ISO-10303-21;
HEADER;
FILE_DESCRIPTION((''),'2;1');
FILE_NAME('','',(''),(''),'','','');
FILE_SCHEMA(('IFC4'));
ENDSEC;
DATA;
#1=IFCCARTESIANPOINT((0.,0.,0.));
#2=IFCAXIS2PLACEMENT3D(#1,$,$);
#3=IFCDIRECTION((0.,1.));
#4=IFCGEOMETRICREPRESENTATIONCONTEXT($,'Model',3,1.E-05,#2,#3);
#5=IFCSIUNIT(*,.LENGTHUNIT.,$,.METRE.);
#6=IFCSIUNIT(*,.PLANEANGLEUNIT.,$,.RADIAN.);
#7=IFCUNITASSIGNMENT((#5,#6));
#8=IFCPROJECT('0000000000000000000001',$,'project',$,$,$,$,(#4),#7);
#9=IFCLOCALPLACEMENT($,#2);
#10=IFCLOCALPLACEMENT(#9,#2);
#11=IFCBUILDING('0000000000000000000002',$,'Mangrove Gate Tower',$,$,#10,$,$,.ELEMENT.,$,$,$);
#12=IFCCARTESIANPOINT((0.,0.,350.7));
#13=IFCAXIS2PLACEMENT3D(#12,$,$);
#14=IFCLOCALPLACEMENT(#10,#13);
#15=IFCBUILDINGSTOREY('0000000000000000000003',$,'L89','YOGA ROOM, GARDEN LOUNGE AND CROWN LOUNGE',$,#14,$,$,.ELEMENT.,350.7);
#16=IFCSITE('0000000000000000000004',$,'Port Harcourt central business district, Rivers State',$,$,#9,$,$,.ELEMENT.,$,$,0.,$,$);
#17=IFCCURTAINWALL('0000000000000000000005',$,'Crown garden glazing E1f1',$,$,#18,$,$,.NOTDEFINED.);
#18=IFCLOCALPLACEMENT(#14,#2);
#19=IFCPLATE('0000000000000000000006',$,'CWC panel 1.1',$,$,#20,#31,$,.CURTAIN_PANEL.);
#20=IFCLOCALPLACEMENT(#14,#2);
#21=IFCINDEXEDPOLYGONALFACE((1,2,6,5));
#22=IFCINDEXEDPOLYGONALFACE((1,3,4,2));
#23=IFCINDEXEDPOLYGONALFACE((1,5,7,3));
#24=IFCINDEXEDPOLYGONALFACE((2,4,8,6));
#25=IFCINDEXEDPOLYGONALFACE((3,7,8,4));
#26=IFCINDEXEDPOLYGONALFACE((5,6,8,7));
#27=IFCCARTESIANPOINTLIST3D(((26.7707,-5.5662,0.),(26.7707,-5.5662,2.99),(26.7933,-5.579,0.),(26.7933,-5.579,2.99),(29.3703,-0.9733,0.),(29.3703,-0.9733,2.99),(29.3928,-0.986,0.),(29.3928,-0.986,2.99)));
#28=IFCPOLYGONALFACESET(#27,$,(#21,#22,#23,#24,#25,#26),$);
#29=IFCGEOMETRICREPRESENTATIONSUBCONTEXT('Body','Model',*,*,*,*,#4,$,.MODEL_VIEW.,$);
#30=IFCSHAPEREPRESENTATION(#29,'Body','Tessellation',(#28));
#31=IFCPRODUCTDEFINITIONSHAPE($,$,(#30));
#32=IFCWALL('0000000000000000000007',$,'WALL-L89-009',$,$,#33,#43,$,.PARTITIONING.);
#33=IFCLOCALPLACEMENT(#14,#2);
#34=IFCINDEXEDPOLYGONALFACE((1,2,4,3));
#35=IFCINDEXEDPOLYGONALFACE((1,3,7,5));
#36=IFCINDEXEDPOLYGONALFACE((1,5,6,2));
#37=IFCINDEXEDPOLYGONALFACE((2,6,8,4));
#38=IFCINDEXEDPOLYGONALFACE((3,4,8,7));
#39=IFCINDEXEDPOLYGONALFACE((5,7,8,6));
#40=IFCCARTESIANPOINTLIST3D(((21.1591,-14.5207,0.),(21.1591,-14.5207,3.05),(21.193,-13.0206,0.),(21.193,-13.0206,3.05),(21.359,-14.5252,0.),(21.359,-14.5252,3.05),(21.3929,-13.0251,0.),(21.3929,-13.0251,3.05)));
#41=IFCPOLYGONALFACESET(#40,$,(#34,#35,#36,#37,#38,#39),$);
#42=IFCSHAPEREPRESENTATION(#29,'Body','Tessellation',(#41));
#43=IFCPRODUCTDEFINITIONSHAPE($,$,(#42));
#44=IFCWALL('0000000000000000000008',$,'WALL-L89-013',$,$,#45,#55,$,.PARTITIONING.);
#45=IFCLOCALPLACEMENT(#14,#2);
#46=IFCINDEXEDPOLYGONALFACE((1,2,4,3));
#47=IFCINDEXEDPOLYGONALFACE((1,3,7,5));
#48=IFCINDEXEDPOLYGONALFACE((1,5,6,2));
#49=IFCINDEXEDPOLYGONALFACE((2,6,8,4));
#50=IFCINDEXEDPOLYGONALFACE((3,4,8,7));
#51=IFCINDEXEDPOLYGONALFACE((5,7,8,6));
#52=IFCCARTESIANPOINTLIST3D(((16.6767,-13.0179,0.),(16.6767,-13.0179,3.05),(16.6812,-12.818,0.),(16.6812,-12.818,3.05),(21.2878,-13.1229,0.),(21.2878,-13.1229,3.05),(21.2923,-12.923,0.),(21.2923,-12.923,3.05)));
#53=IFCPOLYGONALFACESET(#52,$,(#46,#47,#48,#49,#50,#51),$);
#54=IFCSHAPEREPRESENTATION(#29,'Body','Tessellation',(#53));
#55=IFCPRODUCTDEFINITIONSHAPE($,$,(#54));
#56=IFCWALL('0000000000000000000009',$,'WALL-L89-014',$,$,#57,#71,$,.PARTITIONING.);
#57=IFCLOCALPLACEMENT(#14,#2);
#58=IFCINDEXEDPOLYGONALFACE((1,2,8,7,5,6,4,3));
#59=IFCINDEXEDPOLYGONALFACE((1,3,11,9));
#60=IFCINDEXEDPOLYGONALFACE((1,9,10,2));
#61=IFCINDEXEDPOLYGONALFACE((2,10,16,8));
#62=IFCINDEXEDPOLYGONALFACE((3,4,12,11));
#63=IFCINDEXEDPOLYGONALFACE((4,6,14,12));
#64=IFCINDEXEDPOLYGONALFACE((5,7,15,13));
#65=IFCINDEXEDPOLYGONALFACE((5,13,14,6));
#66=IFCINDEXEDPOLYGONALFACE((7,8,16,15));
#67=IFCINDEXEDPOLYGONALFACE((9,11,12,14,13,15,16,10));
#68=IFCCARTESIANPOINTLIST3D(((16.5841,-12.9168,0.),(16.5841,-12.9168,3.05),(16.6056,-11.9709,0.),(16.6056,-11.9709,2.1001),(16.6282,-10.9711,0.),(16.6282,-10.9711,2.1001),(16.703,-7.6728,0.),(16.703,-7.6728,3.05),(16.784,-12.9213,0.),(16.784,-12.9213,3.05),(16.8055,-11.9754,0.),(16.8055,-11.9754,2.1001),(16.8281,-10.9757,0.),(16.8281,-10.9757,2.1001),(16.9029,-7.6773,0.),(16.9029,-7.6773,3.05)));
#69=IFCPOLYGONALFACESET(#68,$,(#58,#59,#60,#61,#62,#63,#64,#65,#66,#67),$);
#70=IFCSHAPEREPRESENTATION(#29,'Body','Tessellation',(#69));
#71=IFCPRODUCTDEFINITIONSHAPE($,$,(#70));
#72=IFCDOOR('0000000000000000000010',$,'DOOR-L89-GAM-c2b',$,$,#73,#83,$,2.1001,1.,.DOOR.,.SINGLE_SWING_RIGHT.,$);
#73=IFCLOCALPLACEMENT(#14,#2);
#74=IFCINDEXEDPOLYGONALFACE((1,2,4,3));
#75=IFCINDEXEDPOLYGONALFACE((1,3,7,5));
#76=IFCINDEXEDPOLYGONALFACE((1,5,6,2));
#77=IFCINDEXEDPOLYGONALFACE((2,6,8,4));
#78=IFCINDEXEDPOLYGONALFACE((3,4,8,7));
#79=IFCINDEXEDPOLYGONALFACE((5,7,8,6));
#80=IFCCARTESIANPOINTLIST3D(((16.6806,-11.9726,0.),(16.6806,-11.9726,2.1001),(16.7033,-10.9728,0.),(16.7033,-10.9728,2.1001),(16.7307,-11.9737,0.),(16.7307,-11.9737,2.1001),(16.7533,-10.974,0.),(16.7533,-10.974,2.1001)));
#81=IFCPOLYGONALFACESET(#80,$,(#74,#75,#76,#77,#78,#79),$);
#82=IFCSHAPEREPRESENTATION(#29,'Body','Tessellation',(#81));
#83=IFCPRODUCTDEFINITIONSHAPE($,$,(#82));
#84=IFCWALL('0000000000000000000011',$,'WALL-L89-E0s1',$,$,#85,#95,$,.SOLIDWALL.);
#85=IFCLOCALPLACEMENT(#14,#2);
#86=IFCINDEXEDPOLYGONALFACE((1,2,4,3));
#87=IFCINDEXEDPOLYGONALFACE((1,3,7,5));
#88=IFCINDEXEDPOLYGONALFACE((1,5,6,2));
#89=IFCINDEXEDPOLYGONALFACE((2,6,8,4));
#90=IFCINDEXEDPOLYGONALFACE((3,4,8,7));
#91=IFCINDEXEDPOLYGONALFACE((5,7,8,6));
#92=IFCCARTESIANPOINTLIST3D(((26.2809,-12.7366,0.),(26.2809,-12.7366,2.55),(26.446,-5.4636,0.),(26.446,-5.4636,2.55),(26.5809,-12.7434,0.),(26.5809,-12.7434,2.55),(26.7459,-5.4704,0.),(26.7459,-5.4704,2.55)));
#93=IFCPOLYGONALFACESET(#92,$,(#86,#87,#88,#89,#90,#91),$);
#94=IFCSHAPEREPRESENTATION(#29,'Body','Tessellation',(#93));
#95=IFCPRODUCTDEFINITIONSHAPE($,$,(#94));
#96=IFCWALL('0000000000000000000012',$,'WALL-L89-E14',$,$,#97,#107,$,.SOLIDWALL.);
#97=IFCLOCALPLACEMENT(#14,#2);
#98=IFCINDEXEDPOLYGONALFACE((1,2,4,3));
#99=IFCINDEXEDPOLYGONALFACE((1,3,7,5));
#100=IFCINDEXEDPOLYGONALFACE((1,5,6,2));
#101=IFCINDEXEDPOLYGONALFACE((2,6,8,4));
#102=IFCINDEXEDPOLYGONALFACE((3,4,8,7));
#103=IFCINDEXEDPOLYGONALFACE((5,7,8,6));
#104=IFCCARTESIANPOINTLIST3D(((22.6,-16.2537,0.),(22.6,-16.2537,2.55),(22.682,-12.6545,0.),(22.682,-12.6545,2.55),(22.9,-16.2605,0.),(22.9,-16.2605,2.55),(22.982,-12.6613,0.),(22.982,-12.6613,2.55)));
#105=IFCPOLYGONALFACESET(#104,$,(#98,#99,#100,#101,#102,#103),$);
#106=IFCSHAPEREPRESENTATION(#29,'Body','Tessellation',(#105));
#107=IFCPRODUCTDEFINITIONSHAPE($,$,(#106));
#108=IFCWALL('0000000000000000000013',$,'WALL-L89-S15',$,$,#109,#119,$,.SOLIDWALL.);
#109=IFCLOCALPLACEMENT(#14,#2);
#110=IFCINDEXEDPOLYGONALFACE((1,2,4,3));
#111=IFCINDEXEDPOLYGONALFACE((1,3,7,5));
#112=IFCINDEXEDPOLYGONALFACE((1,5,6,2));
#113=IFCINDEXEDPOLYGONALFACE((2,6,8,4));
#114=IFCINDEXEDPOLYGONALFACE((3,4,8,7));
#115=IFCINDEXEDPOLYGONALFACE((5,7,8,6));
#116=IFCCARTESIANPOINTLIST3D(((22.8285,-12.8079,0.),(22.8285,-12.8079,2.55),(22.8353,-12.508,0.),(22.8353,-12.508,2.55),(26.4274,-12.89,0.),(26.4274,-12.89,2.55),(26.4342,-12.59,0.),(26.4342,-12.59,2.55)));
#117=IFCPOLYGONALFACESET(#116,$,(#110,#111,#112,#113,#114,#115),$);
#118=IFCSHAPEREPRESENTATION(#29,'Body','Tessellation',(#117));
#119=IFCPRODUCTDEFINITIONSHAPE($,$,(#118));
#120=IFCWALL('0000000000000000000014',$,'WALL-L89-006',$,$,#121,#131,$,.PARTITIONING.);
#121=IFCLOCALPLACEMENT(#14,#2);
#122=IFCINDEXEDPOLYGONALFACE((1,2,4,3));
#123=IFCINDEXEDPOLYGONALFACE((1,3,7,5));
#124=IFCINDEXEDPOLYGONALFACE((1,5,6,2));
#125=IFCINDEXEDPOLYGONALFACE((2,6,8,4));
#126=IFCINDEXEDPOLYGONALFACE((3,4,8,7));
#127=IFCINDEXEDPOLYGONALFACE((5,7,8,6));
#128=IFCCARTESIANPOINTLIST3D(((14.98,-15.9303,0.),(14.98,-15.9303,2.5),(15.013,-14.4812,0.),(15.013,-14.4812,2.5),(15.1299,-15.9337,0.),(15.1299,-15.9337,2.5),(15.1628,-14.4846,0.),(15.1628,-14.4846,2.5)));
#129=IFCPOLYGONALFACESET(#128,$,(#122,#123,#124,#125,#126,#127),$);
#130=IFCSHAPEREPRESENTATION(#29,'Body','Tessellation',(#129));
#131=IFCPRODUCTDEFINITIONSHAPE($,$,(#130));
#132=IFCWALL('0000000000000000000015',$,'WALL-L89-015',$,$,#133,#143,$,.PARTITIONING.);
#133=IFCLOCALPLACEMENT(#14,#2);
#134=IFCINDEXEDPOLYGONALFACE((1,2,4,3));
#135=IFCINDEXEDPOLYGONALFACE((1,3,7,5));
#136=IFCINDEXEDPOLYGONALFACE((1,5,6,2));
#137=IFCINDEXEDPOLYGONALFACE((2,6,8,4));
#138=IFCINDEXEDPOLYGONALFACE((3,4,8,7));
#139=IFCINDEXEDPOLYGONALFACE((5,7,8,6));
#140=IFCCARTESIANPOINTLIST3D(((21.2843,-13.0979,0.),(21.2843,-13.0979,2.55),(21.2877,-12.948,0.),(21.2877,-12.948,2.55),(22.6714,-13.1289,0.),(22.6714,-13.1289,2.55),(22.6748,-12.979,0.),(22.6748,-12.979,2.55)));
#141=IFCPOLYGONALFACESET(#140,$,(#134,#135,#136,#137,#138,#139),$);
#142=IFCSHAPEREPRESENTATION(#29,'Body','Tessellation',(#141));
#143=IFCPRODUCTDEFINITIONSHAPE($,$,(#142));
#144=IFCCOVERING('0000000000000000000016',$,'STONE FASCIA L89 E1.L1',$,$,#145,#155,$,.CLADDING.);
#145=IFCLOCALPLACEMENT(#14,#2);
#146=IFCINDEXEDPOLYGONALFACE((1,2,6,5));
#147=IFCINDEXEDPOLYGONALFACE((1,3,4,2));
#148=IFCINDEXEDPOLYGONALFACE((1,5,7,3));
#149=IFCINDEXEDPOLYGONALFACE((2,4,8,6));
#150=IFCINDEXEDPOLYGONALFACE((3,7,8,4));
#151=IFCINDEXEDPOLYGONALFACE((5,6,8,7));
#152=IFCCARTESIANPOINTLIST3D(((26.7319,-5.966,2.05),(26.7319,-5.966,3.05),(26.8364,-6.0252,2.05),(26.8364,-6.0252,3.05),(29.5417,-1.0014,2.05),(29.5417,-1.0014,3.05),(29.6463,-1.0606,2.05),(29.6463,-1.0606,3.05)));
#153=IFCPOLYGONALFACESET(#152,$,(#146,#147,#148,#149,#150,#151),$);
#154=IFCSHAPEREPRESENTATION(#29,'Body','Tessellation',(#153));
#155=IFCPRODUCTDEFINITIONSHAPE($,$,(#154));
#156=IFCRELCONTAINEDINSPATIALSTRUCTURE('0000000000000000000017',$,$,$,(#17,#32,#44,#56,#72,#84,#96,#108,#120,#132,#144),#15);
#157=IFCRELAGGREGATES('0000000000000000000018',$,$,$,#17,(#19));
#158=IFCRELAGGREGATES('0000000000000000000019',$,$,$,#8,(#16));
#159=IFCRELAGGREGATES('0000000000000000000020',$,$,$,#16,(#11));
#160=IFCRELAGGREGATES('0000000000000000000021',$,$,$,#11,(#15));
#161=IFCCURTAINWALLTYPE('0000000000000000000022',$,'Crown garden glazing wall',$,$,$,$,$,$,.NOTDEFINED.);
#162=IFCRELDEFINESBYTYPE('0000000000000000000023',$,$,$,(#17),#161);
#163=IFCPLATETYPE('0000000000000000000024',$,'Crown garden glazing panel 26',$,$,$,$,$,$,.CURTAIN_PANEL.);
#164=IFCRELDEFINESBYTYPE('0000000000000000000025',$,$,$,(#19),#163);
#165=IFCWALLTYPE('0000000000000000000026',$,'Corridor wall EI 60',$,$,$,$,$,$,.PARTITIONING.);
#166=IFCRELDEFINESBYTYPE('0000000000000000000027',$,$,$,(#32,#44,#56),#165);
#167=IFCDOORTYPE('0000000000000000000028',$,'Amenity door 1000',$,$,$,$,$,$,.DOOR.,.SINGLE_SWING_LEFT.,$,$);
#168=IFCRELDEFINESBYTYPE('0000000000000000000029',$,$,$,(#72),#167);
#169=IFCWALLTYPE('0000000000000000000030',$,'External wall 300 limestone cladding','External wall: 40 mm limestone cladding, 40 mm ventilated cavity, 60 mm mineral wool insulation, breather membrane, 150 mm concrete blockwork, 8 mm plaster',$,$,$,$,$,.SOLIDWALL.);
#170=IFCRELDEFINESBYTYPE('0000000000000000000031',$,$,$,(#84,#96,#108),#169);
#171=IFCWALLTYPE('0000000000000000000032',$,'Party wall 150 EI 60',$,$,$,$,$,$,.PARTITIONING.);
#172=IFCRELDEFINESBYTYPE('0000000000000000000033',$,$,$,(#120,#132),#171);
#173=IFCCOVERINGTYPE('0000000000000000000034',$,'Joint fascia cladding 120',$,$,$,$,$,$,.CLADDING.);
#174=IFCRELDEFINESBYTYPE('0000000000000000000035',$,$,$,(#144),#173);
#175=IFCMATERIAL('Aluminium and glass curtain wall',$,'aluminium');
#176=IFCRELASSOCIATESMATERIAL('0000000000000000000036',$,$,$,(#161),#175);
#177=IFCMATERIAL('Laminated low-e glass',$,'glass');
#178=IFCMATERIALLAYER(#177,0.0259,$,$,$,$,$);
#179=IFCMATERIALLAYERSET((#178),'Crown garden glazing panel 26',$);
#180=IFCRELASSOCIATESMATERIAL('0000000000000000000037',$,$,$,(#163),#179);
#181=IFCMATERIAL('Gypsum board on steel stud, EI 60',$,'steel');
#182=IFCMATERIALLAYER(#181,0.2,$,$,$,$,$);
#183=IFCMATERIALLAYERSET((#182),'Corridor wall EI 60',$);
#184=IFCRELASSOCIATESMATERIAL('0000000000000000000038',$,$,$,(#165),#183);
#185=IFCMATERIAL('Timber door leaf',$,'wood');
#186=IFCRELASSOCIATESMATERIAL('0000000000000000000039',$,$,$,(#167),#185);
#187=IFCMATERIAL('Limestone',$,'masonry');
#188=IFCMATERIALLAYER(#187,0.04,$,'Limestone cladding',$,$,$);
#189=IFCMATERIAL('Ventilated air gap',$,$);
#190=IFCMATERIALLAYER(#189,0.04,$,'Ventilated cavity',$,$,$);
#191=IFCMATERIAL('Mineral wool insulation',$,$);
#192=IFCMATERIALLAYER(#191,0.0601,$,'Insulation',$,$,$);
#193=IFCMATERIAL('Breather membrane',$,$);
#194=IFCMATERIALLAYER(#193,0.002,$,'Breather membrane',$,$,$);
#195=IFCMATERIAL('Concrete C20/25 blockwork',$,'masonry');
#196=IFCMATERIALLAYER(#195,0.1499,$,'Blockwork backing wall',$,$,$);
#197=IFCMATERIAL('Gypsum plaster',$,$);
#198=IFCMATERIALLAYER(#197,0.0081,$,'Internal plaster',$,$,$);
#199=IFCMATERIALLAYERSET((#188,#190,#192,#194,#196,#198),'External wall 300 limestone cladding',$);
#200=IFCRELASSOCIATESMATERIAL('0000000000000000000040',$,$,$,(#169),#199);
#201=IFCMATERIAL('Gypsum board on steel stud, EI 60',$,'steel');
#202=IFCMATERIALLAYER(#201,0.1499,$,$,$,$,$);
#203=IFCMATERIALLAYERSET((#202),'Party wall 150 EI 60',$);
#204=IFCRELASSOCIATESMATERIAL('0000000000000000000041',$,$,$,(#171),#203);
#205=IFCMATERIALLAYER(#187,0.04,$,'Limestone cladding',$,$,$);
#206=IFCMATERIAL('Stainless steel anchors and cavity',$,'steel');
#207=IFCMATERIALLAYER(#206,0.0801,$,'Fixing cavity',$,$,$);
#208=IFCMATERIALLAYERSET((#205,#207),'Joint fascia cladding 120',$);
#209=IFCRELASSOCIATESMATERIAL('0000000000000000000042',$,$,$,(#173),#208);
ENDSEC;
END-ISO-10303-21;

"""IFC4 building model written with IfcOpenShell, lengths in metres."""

from ifc_helpers import new_model, si_unit, direction, frame, frame_2d, origin, origin_2d, place, context, subcontext, project, spatial, rectangle, extrude, material, layer, layer_set, type_object, element, fill, aggregate, save


model = new_model("IFC4")

# Units and contexts
model_context = context("Model", 3, precision=1e-05, world=origin(), true_north=direction((0.0, 1.0)))
body_context = subcontext(model_context, "Body", "Model", "MODEL_VIEW")
ifc_project = project(units=[si_unit("LENGTHUNIT", "METRE"), si_unit("PLANEANGLEUNIT", "RADIAN")], contexts=[model_context])

# Site, building, storey
site_placement = place(None, origin())
site = spatial("IfcSite", under=ifc_project, at=site_placement, Name="Port Harcourt central business district, Rivers State", CompositionType="ELEMENT", RefElevation=0.0)
building_placement = place(site_placement, origin())
building = spatial("IfcBuilding", under=site, at=building_placement, Name="Mangrove Gate Tower", CompositionType="ELEMENT")
storey_placement = place(building_placement, frame((0.0, 0.0, 350.7)))
storey = spatial("IfcBuildingStorey", under=building, at=storey_placement, Name="L89", Description="YOGA ROOM, GARDEN LOUNGE AND CROWN LOUNGE", CompositionType="ELEMENT", Elevation=350.7)

# Curtain wall
ifc_material_1 = material(Name="Aluminium and glass curtain wall", Category="aluminium")
curtain_wall_type = type_object("IfcCurtainWallType", Name="Crown garden glazing wall", PredefinedType="NOTDEFINED", material=ifc_material_1)
curtain_wall_1_placement = place(storey_placement, origin())
curtain_wall_1 = element("IfcCurtainWall", 1, at=curtain_wall_1_placement, inside=storey, type_object=curtain_wall_type, Name="Crown garden glazing E1f1", PredefinedType="NOTDEFINED")

# Plate
ifc_material_2 = material(Name="Laminated low-e glass", Category="glass")
ifc_layer_1 = layer(ifc_material_2, 0.0259)
ifc_layer_set_1 = layer_set([ifc_layer_1], Name="Crown garden glazing panel 26")
plate_type = type_object("IfcPlateType", Name="Crown garden glazing panel 26", PredefinedType="CURTAIN_PANEL", material=ifc_layer_set_1)
plate_placement = place(storey_placement, frame((28.0818, -3.2761, 0.0), z_axis=(0.0, 0.0, 1.0), x_axis=(0.492566, 0.870275, 0.0)))
plate = element("IfcPlate", 2, at=plate_placement, type_object=plate_type, Name="CWC panel 1.1", PredefinedType="CURTAIN_PANEL", context=body_context, shape_type="SweptSolid", body=[
    extrude(rectangle(XDim=5.2776, YDim=0.0259, at=origin_2d()), origin(), (0.0, 0.0, 1.0), 2.99),
])
aggregate(curtain_wall_1, [plate])

# Walls
ifc_material_3 = material(Name="Gypsum board on steel stud, EI 60", Category="steel")
ifc_layer_2 = layer(ifc_material_3, 0.2)
ifc_layer_set_2 = layer_set([ifc_layer_2], Name="Corridor wall EI 60")
wall_type_1 = type_object("IfcWallType", Name="Corridor wall EI 60", PredefinedType="PARTITIONING", material=ifc_layer_set_2)
wall_1_placement = place(storey_placement, frame((21.259, -14.5229, 0.0), z_axis=(0.0, 0.0, 1.0), x_axis=(0.022618, 0.999744, 0.0)))
element("IfcWall", 3, at=wall_1_placement, inside=storey, type_object=wall_type_1, Name="WALL-L89-009", PredefinedType="PARTITIONING", context=body_context, shape_type="SweptSolid", body=[
    extrude(rectangle(XDim=1.5005, YDim=0.2, at=frame_2d((0.7502, 0.0))), origin(), (0.0, 0.0, 1.0), 3.05),
])
wall_2_placement = place(storey_placement, frame((16.679, -12.918, 0.0), z_axis=(0.0, 0.0, 1.0), x_axis=(0.999741, -0.022761, 0.0)))
element("IfcWall", 4, at=wall_2_placement, inside=storey, type_object=wall_type_1, Name="WALL-L89-013", PredefinedType="PARTITIONING", context=body_context, shape_type="SweptSolid", body=[
    extrude(rectangle(XDim=4.6123, YDim=0.2, at=frame_2d((2.3062, 0.0))), origin(), (0.0, 0.0, 1.0), 3.05),
])

# Wall, opening, door
wall_3_placement = place(storey_placement, frame((16.6841, -12.9189, 0.0), z_axis=(0.0, 0.0, 1.0), x_axis=(0.022667, 0.999743, 0.0)))
wall_3 = element("IfcWall", 5, at=wall_3_placement, inside=storey, type_object=wall_type_1, Name="WALL-L89-014", PredefinedType="PARTITIONING", context=body_context, shape_type="SweptSolid", body=[
    extrude(rectangle(XDim=5.2454, YDim=0.2, at=frame_2d((2.6226, 0.0))), origin(), (0.0, 0.0, 1.0), 3.05),
])
opening_placement = place(wall_3_placement, frame((0.946, 0.0, 0.0)))
opening = element("IfcOpeningElement", 6, at=opening_placement, cuts=wall_3, PredefinedType="OPENING", context=body_context, shape_type="SweptSolid", body=[
    extrude(rectangle(XDim=1.0, YDim=2.1001, at=frame_2d((0.5, 1.05))), frame((0.0, 0.1099, 0.0), z_axis=(0.0, -1.0, 0.0), x_axis=(1.0, 0.0, 0.0)), (0.0, 0.0, 1.0), 0.22),
])
ifc_material_4 = material(Name="Timber door leaf", Category="wood")
door_type = type_object("IfcDoorType", Name="Amenity door 1000", OperationType="SINGLE_SWING_LEFT", PredefinedType="DOOR", material=ifc_material_4)
door_placement = place(opening_placement, origin())
door = element("IfcDoor", 7, at=door_placement, inside=storey, type_object=door_type, Name="DOOR-L89-GAM-c2b", OperationType="SINGLE_SWING_RIGHT", OverallHeight=2.1001, OverallWidth=1.0, PredefinedType="DOOR", context=body_context, shape_type="SweptSolid", body=[
    extrude(rectangle(XDim=1.0, YDim=2.1001, at=frame_2d((0.5, 1.05))), frame((0.0, 0.0249, 0.0), z_axis=(0.0, -1.0, 0.0), x_axis=(1.0, 0.0, 0.0)), (0.0, 0.0, 1.0), 0.05),
])
fill(opening, door)

# Walls
ifc_material_5 = material(Name="Limestone", Category="masonry")
ifc_layer_3 = layer(ifc_material_5, 0.04, Name="Limestone cladding")
ifc_material_6 = material(Name="Ventilated air gap")
ifc_layer_4 = layer(ifc_material_6, 0.04, Name="Ventilated cavity")
ifc_material_7 = material(Name="Mineral wool insulation")
ifc_layer_5 = layer(ifc_material_7, 0.0601, Name="Insulation")
ifc_material_8 = material(Name="Breather membrane")
ifc_layer_6 = layer(ifc_material_8, 0.002, Name="Breather membrane")
ifc_material_9 = material(Name="Concrete C20/25 blockwork", Category="masonry")
ifc_layer_7 = layer(ifc_material_9, 0.1499, Name="Blockwork backing wall")
ifc_material_10 = material(Name="Gypsum plaster")
ifc_layer_8 = layer(ifc_material_10, 0.0081, Name="Internal plaster")
ifc_layer_set_3 = layer_set([ifc_layer_3, ifc_layer_4, ifc_layer_5, ifc_layer_6, ifc_layer_7, ifc_layer_8], Name="External wall 300 limestone cladding")
wall_type_2 = type_object("IfcWallType", Name="External wall 300 limestone cladding", Description="External wall: 40 mm limestone cladding, 40 mm ventilated cavity, 60 mm mineral wool insulation, breather membrane, 150 mm concrete blockwork, 8 mm plaster", PredefinedType="SOLIDWALL", material=ifc_layer_set_3)
wall_4_placement = place(storey_placement, frame((26.4309, -12.74, 0.0), z_axis=(0.0, 0.0, 1.0), x_axis=(0.022686, 0.999743, 0.0)))
element("IfcWall", 8, at=wall_4_placement, inside=storey, type_object=wall_type_2, Name="WALL-L89-E0s1", PredefinedType="SOLIDWALL", context=body_context, shape_type="SweptSolid", body=[
    extrude(rectangle(XDim=7.2749, YDim=0.3, at=frame_2d((3.6375, 0.0))), origin(), (0.0, 0.0, 1.0), 2.55),
])
wall_5_placement = place(storey_placement, frame((22.75, -16.2571, 0.0), z_axis=(0.0, 0.0, 1.0), x_axis=(0.022786, 0.99974, 0.0)))
element("IfcWall", 9, at=wall_5_placement, inside=storey, type_object=wall_type_2, Name="WALL-L89-E14", PredefinedType="SOLIDWALL", context=body_context, shape_type="SweptSolid", body=[
    extrude(rectangle(XDim=3.6001, YDim=0.3, at=frame_2d((1.8, 0.0))), origin(), (0.0, 0.0, 1.0), 2.55),
])
wall_6_placement = place(storey_placement, frame((22.832, -12.658, 0.0), z_axis=(0.0, 0.0, 1.0), x_axis=(0.99974, -0.022788, 0.0)))
element("IfcWall", 10, at=wall_6_placement, inside=storey, type_object=wall_type_2, Name="WALL-L89-S15", PredefinedType="SOLIDWALL", context=body_context, shape_type="SweptSolid", body=[
    extrude(rectangle(XDim=3.5999, YDim=0.3, at=frame_2d((1.7998, 0.0))), origin(), (0.0, 0.0, 1.0), 2.55),
])
ifc_material_11 = material(Name="Gypsum board on steel stud, EI 60", Category="steel")
ifc_layer_9 = layer(ifc_material_11, 0.1499)
ifc_layer_set_4 = layer_set([ifc_layer_9], Name="Party wall 150 EI 60")
wall_type_3 = type_object("IfcWallType", Name="Party wall 150 EI 60", PredefinedType="PARTITIONING", material=ifc_layer_set_4)
wall_7_placement = place(storey_placement, frame((15.0549, -15.9319, 0.0), z_axis=(0.0, 0.0, 1.0), x_axis=(0.022741, 0.999741, 0.0)))
element("IfcWall", 11, at=wall_7_placement, inside=storey, type_object=wall_type_3, Name="WALL-L89-006", PredefinedType="PARTITIONING", context=body_context, shape_type="SweptSolid", body=[
    extrude(rectangle(XDim=1.4495, YDim=0.1499, at=frame_2d((0.7246, 0.0))), origin(), (0.0, 0.0, 1.0), 2.5),
])
wall_8_placement = place(storey_placement, frame((21.2859, -13.0229, 0.0), z_axis=(0.0, 0.0, 1.0), x_axis=(0.99975, -0.022346, 0.0)))
element("IfcWall", 12, at=wall_8_placement, inside=storey, type_object=wall_type_3, Name="WALL-L89-015", PredefinedType="PARTITIONING", context=body_context, shape_type="SweptSolid", body=[
    extrude(rectangle(XDim=1.3875, YDim=0.1499, at=frame_2d((0.6938, 0.0))), origin(), (0.0, 0.0, 1.0), 2.55),
])

# Covering
ifc_layer_10 = layer(ifc_material_5, 0.04, Name="Limestone cladding")
ifc_material_12 = material(Name="Stainless steel anchors and cavity", Category="steel")
ifc_layer_11 = layer(ifc_material_12, 0.0801, Name="Fixing cavity")
ifc_layer_set_5 = layer_set([ifc_layer_10, ifc_layer_11], Name="Joint fascia cladding 120")
covering_type = type_object("IfcCoveringType", Name="Joint fascia cladding 120", PredefinedType="CLADDING", material=ifc_layer_set_5)
covering_placement = place(storey_placement, frame((26.7842, -5.9956, 2.05), z_axis=(0.0, 0.0, 1.0), x_axis=(0.492554, 0.870282, 0.0)))
element("IfcCovering", 13, at=covering_placement, inside=storey, type_object=covering_type, Name="STONE FASCIA L89 E1.L1", PredefinedType="CLADDING", context=body_context, shape_type="SweptSolid", body=[
    extrude(rectangle(XDim=5.7046, YDim=0.1201, at=frame_2d((2.8523, 0.0))), origin(), (0.0, 0.0, 1.0), 1.0),
])

save(model, "model.ifc")
